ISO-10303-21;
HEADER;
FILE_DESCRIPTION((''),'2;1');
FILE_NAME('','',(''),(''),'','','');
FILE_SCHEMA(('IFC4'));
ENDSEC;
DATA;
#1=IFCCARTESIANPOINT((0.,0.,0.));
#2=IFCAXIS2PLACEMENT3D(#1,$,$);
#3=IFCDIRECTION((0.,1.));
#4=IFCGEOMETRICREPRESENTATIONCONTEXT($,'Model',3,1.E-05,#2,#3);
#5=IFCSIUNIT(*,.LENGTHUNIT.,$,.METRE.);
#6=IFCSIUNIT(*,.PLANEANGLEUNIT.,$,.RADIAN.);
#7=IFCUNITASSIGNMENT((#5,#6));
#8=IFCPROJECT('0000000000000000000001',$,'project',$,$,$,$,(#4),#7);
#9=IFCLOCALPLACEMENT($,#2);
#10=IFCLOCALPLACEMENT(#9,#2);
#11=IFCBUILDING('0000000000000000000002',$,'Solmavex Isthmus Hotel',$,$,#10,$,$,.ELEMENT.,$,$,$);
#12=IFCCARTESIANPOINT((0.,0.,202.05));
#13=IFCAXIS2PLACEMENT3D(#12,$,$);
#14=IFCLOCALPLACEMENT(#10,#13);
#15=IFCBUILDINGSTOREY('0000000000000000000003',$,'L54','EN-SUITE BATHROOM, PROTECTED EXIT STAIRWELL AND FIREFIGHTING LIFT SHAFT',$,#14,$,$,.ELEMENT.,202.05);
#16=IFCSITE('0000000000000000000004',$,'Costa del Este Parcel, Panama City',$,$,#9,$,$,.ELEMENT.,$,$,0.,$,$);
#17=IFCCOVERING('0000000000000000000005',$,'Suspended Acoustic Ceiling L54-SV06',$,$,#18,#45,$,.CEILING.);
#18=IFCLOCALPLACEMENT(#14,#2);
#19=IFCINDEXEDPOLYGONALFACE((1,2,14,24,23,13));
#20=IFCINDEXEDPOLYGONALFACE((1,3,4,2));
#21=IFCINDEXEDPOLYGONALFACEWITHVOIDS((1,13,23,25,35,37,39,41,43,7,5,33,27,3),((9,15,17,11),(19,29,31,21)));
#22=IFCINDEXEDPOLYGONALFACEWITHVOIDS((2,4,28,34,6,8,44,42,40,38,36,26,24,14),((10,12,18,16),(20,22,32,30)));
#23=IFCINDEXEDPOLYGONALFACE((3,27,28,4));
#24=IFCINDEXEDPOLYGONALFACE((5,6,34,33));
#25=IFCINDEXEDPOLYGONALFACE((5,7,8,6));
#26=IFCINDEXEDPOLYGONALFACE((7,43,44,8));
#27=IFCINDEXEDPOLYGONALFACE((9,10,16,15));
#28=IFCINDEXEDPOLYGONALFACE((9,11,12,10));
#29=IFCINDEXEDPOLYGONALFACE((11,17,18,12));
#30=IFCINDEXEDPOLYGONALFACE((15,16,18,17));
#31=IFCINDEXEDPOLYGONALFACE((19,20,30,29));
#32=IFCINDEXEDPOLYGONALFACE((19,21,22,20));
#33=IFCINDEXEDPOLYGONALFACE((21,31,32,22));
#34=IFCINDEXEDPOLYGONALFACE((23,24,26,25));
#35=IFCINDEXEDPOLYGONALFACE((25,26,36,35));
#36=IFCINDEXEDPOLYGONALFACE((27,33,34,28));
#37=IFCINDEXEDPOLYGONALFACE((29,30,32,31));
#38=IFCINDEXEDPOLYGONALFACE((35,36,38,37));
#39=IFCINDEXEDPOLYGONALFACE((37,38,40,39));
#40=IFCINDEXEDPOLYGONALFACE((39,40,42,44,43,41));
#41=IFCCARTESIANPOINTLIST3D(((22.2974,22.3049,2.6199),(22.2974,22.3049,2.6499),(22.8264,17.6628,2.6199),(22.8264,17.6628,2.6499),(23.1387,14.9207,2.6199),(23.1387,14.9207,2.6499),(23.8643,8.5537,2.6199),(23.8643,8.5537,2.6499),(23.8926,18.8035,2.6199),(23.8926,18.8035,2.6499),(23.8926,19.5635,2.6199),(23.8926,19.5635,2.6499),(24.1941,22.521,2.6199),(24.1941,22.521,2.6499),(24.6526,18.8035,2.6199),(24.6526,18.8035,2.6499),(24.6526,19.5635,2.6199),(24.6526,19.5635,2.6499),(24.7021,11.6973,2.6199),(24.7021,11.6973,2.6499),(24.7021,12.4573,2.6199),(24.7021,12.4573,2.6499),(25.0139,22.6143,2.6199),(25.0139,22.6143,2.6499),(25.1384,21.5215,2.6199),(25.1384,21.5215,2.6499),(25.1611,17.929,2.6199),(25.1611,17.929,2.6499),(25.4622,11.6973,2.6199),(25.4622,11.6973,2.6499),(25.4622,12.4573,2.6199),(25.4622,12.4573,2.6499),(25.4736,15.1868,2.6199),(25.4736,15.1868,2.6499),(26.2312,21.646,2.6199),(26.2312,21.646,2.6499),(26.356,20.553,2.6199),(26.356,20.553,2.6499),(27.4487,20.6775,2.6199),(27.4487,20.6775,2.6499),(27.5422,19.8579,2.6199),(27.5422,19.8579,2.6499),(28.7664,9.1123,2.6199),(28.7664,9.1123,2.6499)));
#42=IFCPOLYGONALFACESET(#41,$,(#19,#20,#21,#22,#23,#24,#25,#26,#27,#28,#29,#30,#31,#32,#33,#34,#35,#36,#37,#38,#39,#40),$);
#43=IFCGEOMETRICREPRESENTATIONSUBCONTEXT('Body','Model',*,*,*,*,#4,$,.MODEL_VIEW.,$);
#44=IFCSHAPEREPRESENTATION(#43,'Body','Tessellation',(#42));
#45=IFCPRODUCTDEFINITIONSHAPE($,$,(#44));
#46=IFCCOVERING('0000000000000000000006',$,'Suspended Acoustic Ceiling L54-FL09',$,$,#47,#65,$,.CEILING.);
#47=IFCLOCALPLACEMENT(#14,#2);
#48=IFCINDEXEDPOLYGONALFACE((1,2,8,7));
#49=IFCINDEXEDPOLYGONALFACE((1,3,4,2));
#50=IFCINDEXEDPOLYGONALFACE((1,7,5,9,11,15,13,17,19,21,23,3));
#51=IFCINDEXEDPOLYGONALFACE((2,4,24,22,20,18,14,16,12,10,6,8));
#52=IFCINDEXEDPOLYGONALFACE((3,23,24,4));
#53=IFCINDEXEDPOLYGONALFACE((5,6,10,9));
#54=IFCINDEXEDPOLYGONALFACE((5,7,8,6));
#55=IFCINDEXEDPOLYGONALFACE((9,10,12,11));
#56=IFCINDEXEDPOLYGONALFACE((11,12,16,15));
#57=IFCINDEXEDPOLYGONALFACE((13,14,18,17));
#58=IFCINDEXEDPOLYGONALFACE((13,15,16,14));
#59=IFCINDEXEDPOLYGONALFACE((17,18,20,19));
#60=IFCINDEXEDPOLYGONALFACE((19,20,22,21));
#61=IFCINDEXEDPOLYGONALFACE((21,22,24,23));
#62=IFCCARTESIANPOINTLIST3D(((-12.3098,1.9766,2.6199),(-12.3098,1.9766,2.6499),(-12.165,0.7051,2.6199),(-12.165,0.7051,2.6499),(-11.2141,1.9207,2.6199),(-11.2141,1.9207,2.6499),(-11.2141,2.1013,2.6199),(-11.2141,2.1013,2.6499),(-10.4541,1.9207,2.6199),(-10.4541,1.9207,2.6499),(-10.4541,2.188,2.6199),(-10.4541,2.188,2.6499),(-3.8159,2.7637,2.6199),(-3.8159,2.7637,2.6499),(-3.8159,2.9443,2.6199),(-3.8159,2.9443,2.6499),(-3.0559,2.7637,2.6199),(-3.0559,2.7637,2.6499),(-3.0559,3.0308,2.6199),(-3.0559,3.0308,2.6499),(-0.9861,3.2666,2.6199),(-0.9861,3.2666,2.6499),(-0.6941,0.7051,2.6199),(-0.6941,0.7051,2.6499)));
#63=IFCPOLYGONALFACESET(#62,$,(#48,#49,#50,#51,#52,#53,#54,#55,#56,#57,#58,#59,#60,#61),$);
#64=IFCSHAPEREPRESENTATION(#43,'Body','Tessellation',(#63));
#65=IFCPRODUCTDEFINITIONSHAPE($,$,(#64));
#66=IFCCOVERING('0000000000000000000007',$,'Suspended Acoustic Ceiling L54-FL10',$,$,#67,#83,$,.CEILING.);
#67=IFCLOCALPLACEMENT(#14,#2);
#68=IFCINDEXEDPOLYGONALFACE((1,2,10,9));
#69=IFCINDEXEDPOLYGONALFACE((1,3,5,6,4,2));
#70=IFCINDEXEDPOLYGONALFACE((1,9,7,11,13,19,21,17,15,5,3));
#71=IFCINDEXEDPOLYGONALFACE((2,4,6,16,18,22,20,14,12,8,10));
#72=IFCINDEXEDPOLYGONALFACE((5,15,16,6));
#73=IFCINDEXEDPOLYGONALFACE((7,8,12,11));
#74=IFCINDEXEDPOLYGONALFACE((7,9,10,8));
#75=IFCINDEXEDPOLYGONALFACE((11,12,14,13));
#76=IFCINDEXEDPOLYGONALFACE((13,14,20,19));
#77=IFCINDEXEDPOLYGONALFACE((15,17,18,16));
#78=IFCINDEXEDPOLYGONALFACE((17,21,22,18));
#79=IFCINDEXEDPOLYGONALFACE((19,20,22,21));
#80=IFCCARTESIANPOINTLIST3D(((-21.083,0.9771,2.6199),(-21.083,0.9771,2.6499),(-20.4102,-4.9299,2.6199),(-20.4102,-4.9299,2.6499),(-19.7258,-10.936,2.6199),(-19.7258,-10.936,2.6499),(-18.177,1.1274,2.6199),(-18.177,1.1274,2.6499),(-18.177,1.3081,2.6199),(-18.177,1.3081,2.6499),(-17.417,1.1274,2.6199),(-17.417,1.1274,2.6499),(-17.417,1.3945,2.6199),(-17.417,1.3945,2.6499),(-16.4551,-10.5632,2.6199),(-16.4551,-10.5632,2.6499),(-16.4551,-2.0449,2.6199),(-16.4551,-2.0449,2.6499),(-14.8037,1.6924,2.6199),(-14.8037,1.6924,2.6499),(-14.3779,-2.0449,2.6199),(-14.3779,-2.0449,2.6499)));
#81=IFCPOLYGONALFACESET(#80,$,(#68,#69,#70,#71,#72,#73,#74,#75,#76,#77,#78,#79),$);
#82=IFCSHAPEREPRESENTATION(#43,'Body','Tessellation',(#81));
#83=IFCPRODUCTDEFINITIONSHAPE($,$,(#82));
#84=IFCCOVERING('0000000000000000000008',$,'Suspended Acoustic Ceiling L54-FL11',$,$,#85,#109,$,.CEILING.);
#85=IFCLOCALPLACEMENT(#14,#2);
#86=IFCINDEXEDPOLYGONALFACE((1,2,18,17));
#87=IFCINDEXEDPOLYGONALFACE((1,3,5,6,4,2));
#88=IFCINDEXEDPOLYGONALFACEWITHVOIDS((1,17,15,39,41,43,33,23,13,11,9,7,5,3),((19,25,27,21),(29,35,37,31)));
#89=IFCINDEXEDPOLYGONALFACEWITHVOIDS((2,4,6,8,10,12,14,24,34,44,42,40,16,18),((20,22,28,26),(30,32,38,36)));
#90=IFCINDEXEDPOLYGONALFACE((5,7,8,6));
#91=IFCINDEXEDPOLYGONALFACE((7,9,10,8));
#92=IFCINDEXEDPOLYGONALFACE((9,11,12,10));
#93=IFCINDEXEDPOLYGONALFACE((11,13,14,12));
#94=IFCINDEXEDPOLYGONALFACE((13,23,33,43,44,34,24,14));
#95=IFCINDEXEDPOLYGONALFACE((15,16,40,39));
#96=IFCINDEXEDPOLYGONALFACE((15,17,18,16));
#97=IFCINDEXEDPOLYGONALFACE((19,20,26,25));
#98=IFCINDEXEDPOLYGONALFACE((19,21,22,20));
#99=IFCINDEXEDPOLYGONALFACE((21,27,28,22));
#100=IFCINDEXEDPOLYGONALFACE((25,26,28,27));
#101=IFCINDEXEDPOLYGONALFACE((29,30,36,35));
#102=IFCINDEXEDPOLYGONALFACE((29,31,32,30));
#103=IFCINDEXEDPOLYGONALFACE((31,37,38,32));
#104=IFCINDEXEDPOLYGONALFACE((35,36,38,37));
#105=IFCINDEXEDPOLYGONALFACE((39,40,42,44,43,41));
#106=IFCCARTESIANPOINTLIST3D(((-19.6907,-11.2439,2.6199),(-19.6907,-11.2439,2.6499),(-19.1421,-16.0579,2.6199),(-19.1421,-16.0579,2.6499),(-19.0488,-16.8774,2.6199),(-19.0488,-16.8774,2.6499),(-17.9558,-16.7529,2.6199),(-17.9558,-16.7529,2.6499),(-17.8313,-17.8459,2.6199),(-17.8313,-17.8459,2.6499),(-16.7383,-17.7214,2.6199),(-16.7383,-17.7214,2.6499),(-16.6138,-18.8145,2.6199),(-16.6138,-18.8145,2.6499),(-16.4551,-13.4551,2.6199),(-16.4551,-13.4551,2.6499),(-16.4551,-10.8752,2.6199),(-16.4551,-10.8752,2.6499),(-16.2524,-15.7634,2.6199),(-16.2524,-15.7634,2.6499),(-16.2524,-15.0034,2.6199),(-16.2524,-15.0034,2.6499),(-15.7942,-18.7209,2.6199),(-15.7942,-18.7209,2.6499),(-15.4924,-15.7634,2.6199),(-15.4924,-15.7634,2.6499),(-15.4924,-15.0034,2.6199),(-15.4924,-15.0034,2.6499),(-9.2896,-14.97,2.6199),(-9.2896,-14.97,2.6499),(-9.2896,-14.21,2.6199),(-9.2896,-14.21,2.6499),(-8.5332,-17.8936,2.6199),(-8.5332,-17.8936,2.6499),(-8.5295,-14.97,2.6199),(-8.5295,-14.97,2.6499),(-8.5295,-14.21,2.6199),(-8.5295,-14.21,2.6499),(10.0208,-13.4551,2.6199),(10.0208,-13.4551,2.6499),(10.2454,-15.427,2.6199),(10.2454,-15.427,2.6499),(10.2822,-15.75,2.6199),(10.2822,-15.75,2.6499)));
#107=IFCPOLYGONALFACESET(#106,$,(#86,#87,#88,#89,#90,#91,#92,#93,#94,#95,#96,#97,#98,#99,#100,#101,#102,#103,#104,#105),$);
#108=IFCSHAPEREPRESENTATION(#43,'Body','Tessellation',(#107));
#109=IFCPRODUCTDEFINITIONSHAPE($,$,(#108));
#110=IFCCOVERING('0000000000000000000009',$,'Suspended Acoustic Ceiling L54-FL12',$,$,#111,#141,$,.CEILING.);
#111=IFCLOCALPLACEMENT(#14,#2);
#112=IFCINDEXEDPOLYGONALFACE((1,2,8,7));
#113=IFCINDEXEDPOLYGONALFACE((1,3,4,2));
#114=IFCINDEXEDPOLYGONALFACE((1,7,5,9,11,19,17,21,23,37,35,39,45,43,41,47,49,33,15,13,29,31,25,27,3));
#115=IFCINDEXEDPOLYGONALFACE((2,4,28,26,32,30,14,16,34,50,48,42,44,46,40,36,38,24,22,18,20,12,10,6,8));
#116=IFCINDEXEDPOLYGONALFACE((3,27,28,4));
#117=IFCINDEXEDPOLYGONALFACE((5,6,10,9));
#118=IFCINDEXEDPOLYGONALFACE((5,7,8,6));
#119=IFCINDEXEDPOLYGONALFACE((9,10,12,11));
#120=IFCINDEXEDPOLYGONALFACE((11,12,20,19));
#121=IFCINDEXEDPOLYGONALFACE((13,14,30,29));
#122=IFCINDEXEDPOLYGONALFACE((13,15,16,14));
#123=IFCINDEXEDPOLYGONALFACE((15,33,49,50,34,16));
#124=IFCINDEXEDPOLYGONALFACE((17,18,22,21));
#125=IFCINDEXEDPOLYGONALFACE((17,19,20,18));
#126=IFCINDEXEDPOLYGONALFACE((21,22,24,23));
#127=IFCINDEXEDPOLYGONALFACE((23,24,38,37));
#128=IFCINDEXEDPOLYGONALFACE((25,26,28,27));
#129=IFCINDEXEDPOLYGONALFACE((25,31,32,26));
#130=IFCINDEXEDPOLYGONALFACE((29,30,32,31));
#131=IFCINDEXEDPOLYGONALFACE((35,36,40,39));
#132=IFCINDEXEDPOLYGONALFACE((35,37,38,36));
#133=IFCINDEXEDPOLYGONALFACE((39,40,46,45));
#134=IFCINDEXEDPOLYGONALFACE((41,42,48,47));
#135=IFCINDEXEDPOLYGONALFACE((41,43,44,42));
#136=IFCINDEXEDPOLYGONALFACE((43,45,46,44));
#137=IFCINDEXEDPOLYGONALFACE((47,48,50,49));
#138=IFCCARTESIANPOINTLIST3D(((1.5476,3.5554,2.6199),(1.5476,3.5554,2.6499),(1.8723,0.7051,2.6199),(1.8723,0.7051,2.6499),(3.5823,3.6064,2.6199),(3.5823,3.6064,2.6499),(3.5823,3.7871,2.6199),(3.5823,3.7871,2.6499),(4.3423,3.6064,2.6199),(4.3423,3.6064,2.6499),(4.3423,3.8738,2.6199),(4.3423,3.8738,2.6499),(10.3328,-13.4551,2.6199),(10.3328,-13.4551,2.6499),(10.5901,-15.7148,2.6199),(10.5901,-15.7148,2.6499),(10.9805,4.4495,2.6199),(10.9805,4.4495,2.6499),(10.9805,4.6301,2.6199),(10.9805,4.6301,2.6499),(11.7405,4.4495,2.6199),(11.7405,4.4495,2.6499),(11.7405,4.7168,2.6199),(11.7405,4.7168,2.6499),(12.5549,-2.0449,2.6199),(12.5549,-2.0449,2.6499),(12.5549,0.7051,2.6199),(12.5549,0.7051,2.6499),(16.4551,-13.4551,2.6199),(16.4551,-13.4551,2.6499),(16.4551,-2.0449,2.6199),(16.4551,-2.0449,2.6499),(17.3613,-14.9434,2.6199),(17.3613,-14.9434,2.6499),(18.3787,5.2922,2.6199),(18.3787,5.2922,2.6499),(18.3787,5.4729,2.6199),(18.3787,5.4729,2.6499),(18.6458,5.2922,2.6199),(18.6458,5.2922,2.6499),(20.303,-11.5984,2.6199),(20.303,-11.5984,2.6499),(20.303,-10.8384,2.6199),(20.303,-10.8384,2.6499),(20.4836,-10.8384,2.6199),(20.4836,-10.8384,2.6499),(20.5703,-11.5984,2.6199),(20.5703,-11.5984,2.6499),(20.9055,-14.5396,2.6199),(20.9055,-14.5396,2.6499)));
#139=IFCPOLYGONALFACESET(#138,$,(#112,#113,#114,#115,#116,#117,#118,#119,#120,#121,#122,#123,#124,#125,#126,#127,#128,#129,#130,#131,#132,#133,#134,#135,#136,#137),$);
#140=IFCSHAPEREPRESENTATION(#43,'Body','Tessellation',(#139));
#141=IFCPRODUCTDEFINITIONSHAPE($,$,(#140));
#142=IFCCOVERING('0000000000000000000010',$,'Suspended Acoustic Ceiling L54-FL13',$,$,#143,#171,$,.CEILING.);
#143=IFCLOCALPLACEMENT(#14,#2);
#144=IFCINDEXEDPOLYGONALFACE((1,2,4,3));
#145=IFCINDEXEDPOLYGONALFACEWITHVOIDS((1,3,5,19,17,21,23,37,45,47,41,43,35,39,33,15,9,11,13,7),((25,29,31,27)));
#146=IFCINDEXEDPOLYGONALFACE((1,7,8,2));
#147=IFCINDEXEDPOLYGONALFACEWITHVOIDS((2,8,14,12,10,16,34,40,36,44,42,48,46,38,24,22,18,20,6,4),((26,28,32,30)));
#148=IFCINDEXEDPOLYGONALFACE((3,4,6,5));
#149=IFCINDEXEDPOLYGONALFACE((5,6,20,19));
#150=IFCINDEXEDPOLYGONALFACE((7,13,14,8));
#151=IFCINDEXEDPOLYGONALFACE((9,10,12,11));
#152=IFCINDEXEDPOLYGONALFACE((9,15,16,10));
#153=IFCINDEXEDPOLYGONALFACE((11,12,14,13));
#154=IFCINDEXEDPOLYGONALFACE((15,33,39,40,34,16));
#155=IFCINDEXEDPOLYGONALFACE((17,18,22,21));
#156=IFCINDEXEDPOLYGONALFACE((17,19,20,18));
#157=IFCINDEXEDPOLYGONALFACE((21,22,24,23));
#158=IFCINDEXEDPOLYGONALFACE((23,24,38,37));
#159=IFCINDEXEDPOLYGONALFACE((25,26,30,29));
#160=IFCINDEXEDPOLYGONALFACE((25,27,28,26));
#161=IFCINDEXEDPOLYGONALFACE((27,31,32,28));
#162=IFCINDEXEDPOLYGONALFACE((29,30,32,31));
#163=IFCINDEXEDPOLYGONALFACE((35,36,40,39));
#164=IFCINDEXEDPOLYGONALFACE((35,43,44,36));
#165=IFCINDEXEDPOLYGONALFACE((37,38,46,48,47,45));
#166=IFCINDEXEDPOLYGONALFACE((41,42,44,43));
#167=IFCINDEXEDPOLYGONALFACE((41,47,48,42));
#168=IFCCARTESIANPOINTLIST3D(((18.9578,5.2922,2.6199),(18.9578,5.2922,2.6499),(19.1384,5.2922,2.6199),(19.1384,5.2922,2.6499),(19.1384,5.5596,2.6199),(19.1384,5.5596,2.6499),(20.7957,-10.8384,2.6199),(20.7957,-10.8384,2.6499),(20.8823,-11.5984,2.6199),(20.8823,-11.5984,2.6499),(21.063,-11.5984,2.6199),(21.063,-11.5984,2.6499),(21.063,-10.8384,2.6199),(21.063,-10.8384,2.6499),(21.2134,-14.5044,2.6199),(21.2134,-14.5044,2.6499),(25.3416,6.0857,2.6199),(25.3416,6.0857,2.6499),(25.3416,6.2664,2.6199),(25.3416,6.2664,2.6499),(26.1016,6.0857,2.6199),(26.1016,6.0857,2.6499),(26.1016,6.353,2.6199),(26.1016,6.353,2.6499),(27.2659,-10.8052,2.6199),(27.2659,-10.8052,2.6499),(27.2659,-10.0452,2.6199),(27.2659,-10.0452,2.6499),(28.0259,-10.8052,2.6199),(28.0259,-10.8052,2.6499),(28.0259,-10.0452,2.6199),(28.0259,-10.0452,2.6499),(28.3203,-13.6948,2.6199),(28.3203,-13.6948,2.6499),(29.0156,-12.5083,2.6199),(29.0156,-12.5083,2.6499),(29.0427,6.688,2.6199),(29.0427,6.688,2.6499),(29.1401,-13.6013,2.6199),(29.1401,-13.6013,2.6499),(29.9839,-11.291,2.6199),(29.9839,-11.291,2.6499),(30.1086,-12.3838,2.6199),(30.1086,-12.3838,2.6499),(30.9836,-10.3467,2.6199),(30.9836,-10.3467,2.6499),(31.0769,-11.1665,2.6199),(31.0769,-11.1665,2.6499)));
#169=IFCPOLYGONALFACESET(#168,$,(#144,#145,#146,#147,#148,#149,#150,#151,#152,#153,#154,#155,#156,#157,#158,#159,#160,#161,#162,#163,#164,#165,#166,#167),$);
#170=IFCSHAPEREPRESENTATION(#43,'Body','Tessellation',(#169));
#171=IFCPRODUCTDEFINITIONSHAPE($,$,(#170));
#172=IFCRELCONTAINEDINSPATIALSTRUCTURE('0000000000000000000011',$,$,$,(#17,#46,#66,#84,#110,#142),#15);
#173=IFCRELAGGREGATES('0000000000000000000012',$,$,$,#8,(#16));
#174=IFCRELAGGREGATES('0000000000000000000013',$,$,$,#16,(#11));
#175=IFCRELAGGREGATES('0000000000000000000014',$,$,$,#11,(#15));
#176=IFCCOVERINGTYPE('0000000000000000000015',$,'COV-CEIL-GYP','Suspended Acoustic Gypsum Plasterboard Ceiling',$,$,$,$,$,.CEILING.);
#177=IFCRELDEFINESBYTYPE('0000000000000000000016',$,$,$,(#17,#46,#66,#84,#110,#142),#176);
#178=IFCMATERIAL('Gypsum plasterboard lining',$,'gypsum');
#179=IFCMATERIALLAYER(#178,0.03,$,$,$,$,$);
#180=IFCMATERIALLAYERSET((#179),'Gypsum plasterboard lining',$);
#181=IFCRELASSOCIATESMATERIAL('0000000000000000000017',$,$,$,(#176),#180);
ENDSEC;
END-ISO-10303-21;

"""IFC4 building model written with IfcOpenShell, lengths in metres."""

from ifc_helpers import new_model, si_unit, direction, frame, origin, place, context, subcontext, project, spatial, polyline, outline, extrude, material, layer, layer_set, type_object, element, save


model = new_model("IFC4")

# Units and contexts
model_context = context("Model", 3, precision=1e-05, world=origin(), true_north=direction((0.0, 1.0)))
body_context = subcontext(model_context, "Body", "Model", "MODEL_VIEW")
ifc_project = project(units=[si_unit("LENGTHUNIT", "METRE"), si_unit("PLANEANGLEUNIT", "RADIAN")], contexts=[model_context])

# Site, building, storey
site_placement = place(None, origin())
site = spatial("IfcSite", under=ifc_project, at=site_placement, Name="Costa del Este Parcel, Panama City", CompositionType="ELEMENT", RefElevation=0.0)
building_placement = place(site_placement, origin())
building = spatial("IfcBuilding", under=site, at=building_placement, Name="Solmavex Isthmus Hotel", CompositionType="ELEMENT")
storey_placement = place(building_placement, frame((0.0, 0.0, 202.05)))
storey = spatial("IfcBuildingStorey", under=building, at=storey_placement, Name="L54", Description="EN-SUITE BATHROOM, PROTECTED EXIT STAIRWELL AND FIREFIGHTING LIFT SHAFT", CompositionType="ELEMENT", Elevation=202.05)

# Shared definitions
ifc_material_1 = material(Name="Gypsum plasterboard lining", Category="gypsum")

# Coverings
ifc_layer_1 = layer(ifc_material_1, 0.03)
ifc_layer_set_1 = layer_set([ifc_layer_1], Name="Gypsum plasterboard lining")
covering_type_1 = type_object("IfcCoveringType", Name="COV-CEIL-GYP", Description="Suspended Acoustic Gypsum Plasterboard Ceiling", PredefinedType="CEILING", material=ifc_layer_set_1)
covering_1_placement = place(storey_placement, frame((0.0, 0.0, 2.6199)))
element("IfcCovering", 1, at=covering_1_placement, inside=storey, type_object=covering_type_1, Name="Suspended Acoustic Ceiling L54-SV06", PredefinedType="CEILING", context=body_context, shape_type="SweptSolid", body=[
    extrude(outline(polyline([(25.1384, 21.5215), (25.0139, 22.6143), (24.1941, 22.521), (22.2974, 22.3049), (22.8264, 17.6628), (25.1611, 17.929), (25.4736, 15.1868), (23.1387, 14.9207), (23.8643, 8.5537), (28.7664, 9.1123), (27.5422, 19.8579), (27.4487, 20.6775), (26.356, 20.553), (26.2312, 21.646), (25.1384, 21.5215)]), holes=[polyline([(24.7021, 11.6973), (24.7021, 12.4573), (25.4622, 12.4573), (25.4622, 11.6973), (24.7021, 11.6973)]), polyline([(23.8926, 19.5635), (24.6526, 19.5635), (24.6526, 18.8035), (23.8926, 18.8035), (23.8926, 19.5635)])]), origin(), (0.0, 0.0, 1.0), 0.03),
])
covering_2_placement = place(storey_placement, frame((0.0, 0.0, 2.6199)))
element("IfcCovering", 2, at=covering_2_placement, inside=storey, type_object=covering_type_1, Name="Suspended Acoustic Ceiling L54-FL09", PredefinedType="CEILING", context=body_context, shape_type="SweptSolid", body=[
    extrude(outline(polyline([(-10.4541, 2.188), (-10.4541, 1.9207), (-11.2141, 1.9207), (-11.2141, 2.1013), (-12.3098, 1.9766), (-12.165, 0.7051), (-0.6941, 0.7051), (-0.9861, 3.2666), (-3.0559, 3.0308), (-3.0559, 2.7637), (-3.8159, 2.7637), (-3.8159, 2.9443), (-10.4541, 2.188)])), origin(), (0.0, 0.0, 1.0), 0.03),
])
covering_3_placement = place(storey_placement, frame((0.0, 0.0, 2.6199)))
element("IfcCovering", 3, at=covering_3_placement, inside=storey, type_object=covering_type_1, Name="Suspended Acoustic Ceiling L54-FL10", PredefinedType="CEILING", context=body_context, shape_type="SweptSolid", body=[
    extrude(outline(polyline([(-17.417, 1.3945), (-17.417, 1.1274), (-18.177, 1.1274), (-18.177, 1.3081), (-21.083, 0.9771), (-20.4102, -4.9299), (-19.7258, -10.936), (-16.4551, -10.5632), (-16.4551, -2.0449), (-14.3779, -2.0449), (-14.8037, 1.6924), (-17.417, 1.3945)])), origin(), (0.0, 0.0, 1.0), 0.03),
])
covering_4_placement = place(storey_placement, frame((0.0, 0.0, 2.6199)))
element("IfcCovering", 4, at=covering_4_placement, inside=storey, type_object=covering_type_1, Name="Suspended Acoustic Ceiling L54-FL11", PredefinedType="CEILING", context=body_context, shape_type="SweptSolid", body=[
    extrude(outline(polyline([(-8.5332, -17.8936), (10.2822, -15.75), (10.2454, -15.427), (10.0208, -13.4551), (-16.4551, -13.4551), (-16.4551, -10.8752), (-19.6907, -11.2439), (-19.1421, -16.0579), (-19.0488, -16.8774), (-17.9558, -16.7529), (-17.8313, -17.8459), (-16.7383, -17.7214), (-16.6138, -18.8145), (-15.7942, -18.7209), (-8.5332, -17.8936)]), holes=[polyline([(-9.2896, -14.97), (-9.2896, -14.21), (-8.5295, -14.21), (-8.5295, -14.97), (-9.2896, -14.97)]), polyline([(-16.2524, -15.7634), (-16.2524, -15.0034), (-15.4924, -15.0034), (-15.4924, -15.7634), (-16.2524, -15.7634)])]), origin(), (0.0, 0.0, 1.0), 0.03),
])
covering_5_placement = place(storey_placement, frame((0.0, 0.0, 2.6199)))
element("IfcCovering", 5, at=covering_5_placement, inside=storey, type_object=covering_type_1, Name="Suspended Acoustic Ceiling L54-FL12", PredefinedType="CEILING", context=body_context, shape_type="SweptSolid", body=[
    extrude(outline(polyline([(4.3423, 3.8738), (4.3423, 3.6064), (3.5823, 3.6064), (3.5823, 3.7871), (1.5476, 3.5554), (1.8723, 0.7051), (12.5549, 0.7051), (12.5549, -2.0449), (16.4551, -2.0449), (16.4551, -13.4551), (10.3328, -13.4551), (10.5901, -15.7148), (17.3613, -14.9434), (20.9055, -14.5396), (20.5703, -11.5984), (20.303, -11.5984), (20.303, -10.8384), (20.4836, -10.8384), (18.6458, 5.2922), (18.3787, 5.2922), (18.3787, 5.4729), (11.7405, 4.7168), (11.7405, 4.4495), (10.9805, 4.4495), (10.9805, 4.6301), (4.3423, 3.8738)])), origin(), (0.0, 0.0, 1.0), 0.03),
])
covering_6_placement = place(storey_placement, frame((0.0, 0.0, 2.6199)))
element("IfcCovering", 6, at=covering_6_placement, inside=storey, type_object=covering_type_1, Name="Suspended Acoustic Ceiling L54-FL13", PredefinedType="CEILING", context=body_context, shape_type="SweptSolid", body=[
    extrude(outline(polyline([(20.7957, -10.8384), (21.063, -10.8384), (21.063, -11.5984), (20.8823, -11.5984), (21.2134, -14.5044), (28.3203, -13.6948), (29.1401, -13.6013), (29.0156, -12.5083), (30.1086, -12.3838), (29.9839, -11.291), (31.0769, -11.1665), (30.9836, -10.3467), (29.0427, 6.688), (26.1016, 6.353), (26.1016, 6.0857), (25.3416, 6.0857), (25.3416, 6.2664), (19.1384, 5.5596), (19.1384, 5.2922), (18.9578, 5.2922), (20.7957, -10.8384)]), holes=[polyline([(27.2659, -10.8052), (27.2659, -10.0452), (28.0259, -10.0452), (28.0259, -10.8052), (27.2659, -10.8052)])]), origin(), (0.0, 0.0, 1.0), 0.03),
])

save(model, "model.ifc")
